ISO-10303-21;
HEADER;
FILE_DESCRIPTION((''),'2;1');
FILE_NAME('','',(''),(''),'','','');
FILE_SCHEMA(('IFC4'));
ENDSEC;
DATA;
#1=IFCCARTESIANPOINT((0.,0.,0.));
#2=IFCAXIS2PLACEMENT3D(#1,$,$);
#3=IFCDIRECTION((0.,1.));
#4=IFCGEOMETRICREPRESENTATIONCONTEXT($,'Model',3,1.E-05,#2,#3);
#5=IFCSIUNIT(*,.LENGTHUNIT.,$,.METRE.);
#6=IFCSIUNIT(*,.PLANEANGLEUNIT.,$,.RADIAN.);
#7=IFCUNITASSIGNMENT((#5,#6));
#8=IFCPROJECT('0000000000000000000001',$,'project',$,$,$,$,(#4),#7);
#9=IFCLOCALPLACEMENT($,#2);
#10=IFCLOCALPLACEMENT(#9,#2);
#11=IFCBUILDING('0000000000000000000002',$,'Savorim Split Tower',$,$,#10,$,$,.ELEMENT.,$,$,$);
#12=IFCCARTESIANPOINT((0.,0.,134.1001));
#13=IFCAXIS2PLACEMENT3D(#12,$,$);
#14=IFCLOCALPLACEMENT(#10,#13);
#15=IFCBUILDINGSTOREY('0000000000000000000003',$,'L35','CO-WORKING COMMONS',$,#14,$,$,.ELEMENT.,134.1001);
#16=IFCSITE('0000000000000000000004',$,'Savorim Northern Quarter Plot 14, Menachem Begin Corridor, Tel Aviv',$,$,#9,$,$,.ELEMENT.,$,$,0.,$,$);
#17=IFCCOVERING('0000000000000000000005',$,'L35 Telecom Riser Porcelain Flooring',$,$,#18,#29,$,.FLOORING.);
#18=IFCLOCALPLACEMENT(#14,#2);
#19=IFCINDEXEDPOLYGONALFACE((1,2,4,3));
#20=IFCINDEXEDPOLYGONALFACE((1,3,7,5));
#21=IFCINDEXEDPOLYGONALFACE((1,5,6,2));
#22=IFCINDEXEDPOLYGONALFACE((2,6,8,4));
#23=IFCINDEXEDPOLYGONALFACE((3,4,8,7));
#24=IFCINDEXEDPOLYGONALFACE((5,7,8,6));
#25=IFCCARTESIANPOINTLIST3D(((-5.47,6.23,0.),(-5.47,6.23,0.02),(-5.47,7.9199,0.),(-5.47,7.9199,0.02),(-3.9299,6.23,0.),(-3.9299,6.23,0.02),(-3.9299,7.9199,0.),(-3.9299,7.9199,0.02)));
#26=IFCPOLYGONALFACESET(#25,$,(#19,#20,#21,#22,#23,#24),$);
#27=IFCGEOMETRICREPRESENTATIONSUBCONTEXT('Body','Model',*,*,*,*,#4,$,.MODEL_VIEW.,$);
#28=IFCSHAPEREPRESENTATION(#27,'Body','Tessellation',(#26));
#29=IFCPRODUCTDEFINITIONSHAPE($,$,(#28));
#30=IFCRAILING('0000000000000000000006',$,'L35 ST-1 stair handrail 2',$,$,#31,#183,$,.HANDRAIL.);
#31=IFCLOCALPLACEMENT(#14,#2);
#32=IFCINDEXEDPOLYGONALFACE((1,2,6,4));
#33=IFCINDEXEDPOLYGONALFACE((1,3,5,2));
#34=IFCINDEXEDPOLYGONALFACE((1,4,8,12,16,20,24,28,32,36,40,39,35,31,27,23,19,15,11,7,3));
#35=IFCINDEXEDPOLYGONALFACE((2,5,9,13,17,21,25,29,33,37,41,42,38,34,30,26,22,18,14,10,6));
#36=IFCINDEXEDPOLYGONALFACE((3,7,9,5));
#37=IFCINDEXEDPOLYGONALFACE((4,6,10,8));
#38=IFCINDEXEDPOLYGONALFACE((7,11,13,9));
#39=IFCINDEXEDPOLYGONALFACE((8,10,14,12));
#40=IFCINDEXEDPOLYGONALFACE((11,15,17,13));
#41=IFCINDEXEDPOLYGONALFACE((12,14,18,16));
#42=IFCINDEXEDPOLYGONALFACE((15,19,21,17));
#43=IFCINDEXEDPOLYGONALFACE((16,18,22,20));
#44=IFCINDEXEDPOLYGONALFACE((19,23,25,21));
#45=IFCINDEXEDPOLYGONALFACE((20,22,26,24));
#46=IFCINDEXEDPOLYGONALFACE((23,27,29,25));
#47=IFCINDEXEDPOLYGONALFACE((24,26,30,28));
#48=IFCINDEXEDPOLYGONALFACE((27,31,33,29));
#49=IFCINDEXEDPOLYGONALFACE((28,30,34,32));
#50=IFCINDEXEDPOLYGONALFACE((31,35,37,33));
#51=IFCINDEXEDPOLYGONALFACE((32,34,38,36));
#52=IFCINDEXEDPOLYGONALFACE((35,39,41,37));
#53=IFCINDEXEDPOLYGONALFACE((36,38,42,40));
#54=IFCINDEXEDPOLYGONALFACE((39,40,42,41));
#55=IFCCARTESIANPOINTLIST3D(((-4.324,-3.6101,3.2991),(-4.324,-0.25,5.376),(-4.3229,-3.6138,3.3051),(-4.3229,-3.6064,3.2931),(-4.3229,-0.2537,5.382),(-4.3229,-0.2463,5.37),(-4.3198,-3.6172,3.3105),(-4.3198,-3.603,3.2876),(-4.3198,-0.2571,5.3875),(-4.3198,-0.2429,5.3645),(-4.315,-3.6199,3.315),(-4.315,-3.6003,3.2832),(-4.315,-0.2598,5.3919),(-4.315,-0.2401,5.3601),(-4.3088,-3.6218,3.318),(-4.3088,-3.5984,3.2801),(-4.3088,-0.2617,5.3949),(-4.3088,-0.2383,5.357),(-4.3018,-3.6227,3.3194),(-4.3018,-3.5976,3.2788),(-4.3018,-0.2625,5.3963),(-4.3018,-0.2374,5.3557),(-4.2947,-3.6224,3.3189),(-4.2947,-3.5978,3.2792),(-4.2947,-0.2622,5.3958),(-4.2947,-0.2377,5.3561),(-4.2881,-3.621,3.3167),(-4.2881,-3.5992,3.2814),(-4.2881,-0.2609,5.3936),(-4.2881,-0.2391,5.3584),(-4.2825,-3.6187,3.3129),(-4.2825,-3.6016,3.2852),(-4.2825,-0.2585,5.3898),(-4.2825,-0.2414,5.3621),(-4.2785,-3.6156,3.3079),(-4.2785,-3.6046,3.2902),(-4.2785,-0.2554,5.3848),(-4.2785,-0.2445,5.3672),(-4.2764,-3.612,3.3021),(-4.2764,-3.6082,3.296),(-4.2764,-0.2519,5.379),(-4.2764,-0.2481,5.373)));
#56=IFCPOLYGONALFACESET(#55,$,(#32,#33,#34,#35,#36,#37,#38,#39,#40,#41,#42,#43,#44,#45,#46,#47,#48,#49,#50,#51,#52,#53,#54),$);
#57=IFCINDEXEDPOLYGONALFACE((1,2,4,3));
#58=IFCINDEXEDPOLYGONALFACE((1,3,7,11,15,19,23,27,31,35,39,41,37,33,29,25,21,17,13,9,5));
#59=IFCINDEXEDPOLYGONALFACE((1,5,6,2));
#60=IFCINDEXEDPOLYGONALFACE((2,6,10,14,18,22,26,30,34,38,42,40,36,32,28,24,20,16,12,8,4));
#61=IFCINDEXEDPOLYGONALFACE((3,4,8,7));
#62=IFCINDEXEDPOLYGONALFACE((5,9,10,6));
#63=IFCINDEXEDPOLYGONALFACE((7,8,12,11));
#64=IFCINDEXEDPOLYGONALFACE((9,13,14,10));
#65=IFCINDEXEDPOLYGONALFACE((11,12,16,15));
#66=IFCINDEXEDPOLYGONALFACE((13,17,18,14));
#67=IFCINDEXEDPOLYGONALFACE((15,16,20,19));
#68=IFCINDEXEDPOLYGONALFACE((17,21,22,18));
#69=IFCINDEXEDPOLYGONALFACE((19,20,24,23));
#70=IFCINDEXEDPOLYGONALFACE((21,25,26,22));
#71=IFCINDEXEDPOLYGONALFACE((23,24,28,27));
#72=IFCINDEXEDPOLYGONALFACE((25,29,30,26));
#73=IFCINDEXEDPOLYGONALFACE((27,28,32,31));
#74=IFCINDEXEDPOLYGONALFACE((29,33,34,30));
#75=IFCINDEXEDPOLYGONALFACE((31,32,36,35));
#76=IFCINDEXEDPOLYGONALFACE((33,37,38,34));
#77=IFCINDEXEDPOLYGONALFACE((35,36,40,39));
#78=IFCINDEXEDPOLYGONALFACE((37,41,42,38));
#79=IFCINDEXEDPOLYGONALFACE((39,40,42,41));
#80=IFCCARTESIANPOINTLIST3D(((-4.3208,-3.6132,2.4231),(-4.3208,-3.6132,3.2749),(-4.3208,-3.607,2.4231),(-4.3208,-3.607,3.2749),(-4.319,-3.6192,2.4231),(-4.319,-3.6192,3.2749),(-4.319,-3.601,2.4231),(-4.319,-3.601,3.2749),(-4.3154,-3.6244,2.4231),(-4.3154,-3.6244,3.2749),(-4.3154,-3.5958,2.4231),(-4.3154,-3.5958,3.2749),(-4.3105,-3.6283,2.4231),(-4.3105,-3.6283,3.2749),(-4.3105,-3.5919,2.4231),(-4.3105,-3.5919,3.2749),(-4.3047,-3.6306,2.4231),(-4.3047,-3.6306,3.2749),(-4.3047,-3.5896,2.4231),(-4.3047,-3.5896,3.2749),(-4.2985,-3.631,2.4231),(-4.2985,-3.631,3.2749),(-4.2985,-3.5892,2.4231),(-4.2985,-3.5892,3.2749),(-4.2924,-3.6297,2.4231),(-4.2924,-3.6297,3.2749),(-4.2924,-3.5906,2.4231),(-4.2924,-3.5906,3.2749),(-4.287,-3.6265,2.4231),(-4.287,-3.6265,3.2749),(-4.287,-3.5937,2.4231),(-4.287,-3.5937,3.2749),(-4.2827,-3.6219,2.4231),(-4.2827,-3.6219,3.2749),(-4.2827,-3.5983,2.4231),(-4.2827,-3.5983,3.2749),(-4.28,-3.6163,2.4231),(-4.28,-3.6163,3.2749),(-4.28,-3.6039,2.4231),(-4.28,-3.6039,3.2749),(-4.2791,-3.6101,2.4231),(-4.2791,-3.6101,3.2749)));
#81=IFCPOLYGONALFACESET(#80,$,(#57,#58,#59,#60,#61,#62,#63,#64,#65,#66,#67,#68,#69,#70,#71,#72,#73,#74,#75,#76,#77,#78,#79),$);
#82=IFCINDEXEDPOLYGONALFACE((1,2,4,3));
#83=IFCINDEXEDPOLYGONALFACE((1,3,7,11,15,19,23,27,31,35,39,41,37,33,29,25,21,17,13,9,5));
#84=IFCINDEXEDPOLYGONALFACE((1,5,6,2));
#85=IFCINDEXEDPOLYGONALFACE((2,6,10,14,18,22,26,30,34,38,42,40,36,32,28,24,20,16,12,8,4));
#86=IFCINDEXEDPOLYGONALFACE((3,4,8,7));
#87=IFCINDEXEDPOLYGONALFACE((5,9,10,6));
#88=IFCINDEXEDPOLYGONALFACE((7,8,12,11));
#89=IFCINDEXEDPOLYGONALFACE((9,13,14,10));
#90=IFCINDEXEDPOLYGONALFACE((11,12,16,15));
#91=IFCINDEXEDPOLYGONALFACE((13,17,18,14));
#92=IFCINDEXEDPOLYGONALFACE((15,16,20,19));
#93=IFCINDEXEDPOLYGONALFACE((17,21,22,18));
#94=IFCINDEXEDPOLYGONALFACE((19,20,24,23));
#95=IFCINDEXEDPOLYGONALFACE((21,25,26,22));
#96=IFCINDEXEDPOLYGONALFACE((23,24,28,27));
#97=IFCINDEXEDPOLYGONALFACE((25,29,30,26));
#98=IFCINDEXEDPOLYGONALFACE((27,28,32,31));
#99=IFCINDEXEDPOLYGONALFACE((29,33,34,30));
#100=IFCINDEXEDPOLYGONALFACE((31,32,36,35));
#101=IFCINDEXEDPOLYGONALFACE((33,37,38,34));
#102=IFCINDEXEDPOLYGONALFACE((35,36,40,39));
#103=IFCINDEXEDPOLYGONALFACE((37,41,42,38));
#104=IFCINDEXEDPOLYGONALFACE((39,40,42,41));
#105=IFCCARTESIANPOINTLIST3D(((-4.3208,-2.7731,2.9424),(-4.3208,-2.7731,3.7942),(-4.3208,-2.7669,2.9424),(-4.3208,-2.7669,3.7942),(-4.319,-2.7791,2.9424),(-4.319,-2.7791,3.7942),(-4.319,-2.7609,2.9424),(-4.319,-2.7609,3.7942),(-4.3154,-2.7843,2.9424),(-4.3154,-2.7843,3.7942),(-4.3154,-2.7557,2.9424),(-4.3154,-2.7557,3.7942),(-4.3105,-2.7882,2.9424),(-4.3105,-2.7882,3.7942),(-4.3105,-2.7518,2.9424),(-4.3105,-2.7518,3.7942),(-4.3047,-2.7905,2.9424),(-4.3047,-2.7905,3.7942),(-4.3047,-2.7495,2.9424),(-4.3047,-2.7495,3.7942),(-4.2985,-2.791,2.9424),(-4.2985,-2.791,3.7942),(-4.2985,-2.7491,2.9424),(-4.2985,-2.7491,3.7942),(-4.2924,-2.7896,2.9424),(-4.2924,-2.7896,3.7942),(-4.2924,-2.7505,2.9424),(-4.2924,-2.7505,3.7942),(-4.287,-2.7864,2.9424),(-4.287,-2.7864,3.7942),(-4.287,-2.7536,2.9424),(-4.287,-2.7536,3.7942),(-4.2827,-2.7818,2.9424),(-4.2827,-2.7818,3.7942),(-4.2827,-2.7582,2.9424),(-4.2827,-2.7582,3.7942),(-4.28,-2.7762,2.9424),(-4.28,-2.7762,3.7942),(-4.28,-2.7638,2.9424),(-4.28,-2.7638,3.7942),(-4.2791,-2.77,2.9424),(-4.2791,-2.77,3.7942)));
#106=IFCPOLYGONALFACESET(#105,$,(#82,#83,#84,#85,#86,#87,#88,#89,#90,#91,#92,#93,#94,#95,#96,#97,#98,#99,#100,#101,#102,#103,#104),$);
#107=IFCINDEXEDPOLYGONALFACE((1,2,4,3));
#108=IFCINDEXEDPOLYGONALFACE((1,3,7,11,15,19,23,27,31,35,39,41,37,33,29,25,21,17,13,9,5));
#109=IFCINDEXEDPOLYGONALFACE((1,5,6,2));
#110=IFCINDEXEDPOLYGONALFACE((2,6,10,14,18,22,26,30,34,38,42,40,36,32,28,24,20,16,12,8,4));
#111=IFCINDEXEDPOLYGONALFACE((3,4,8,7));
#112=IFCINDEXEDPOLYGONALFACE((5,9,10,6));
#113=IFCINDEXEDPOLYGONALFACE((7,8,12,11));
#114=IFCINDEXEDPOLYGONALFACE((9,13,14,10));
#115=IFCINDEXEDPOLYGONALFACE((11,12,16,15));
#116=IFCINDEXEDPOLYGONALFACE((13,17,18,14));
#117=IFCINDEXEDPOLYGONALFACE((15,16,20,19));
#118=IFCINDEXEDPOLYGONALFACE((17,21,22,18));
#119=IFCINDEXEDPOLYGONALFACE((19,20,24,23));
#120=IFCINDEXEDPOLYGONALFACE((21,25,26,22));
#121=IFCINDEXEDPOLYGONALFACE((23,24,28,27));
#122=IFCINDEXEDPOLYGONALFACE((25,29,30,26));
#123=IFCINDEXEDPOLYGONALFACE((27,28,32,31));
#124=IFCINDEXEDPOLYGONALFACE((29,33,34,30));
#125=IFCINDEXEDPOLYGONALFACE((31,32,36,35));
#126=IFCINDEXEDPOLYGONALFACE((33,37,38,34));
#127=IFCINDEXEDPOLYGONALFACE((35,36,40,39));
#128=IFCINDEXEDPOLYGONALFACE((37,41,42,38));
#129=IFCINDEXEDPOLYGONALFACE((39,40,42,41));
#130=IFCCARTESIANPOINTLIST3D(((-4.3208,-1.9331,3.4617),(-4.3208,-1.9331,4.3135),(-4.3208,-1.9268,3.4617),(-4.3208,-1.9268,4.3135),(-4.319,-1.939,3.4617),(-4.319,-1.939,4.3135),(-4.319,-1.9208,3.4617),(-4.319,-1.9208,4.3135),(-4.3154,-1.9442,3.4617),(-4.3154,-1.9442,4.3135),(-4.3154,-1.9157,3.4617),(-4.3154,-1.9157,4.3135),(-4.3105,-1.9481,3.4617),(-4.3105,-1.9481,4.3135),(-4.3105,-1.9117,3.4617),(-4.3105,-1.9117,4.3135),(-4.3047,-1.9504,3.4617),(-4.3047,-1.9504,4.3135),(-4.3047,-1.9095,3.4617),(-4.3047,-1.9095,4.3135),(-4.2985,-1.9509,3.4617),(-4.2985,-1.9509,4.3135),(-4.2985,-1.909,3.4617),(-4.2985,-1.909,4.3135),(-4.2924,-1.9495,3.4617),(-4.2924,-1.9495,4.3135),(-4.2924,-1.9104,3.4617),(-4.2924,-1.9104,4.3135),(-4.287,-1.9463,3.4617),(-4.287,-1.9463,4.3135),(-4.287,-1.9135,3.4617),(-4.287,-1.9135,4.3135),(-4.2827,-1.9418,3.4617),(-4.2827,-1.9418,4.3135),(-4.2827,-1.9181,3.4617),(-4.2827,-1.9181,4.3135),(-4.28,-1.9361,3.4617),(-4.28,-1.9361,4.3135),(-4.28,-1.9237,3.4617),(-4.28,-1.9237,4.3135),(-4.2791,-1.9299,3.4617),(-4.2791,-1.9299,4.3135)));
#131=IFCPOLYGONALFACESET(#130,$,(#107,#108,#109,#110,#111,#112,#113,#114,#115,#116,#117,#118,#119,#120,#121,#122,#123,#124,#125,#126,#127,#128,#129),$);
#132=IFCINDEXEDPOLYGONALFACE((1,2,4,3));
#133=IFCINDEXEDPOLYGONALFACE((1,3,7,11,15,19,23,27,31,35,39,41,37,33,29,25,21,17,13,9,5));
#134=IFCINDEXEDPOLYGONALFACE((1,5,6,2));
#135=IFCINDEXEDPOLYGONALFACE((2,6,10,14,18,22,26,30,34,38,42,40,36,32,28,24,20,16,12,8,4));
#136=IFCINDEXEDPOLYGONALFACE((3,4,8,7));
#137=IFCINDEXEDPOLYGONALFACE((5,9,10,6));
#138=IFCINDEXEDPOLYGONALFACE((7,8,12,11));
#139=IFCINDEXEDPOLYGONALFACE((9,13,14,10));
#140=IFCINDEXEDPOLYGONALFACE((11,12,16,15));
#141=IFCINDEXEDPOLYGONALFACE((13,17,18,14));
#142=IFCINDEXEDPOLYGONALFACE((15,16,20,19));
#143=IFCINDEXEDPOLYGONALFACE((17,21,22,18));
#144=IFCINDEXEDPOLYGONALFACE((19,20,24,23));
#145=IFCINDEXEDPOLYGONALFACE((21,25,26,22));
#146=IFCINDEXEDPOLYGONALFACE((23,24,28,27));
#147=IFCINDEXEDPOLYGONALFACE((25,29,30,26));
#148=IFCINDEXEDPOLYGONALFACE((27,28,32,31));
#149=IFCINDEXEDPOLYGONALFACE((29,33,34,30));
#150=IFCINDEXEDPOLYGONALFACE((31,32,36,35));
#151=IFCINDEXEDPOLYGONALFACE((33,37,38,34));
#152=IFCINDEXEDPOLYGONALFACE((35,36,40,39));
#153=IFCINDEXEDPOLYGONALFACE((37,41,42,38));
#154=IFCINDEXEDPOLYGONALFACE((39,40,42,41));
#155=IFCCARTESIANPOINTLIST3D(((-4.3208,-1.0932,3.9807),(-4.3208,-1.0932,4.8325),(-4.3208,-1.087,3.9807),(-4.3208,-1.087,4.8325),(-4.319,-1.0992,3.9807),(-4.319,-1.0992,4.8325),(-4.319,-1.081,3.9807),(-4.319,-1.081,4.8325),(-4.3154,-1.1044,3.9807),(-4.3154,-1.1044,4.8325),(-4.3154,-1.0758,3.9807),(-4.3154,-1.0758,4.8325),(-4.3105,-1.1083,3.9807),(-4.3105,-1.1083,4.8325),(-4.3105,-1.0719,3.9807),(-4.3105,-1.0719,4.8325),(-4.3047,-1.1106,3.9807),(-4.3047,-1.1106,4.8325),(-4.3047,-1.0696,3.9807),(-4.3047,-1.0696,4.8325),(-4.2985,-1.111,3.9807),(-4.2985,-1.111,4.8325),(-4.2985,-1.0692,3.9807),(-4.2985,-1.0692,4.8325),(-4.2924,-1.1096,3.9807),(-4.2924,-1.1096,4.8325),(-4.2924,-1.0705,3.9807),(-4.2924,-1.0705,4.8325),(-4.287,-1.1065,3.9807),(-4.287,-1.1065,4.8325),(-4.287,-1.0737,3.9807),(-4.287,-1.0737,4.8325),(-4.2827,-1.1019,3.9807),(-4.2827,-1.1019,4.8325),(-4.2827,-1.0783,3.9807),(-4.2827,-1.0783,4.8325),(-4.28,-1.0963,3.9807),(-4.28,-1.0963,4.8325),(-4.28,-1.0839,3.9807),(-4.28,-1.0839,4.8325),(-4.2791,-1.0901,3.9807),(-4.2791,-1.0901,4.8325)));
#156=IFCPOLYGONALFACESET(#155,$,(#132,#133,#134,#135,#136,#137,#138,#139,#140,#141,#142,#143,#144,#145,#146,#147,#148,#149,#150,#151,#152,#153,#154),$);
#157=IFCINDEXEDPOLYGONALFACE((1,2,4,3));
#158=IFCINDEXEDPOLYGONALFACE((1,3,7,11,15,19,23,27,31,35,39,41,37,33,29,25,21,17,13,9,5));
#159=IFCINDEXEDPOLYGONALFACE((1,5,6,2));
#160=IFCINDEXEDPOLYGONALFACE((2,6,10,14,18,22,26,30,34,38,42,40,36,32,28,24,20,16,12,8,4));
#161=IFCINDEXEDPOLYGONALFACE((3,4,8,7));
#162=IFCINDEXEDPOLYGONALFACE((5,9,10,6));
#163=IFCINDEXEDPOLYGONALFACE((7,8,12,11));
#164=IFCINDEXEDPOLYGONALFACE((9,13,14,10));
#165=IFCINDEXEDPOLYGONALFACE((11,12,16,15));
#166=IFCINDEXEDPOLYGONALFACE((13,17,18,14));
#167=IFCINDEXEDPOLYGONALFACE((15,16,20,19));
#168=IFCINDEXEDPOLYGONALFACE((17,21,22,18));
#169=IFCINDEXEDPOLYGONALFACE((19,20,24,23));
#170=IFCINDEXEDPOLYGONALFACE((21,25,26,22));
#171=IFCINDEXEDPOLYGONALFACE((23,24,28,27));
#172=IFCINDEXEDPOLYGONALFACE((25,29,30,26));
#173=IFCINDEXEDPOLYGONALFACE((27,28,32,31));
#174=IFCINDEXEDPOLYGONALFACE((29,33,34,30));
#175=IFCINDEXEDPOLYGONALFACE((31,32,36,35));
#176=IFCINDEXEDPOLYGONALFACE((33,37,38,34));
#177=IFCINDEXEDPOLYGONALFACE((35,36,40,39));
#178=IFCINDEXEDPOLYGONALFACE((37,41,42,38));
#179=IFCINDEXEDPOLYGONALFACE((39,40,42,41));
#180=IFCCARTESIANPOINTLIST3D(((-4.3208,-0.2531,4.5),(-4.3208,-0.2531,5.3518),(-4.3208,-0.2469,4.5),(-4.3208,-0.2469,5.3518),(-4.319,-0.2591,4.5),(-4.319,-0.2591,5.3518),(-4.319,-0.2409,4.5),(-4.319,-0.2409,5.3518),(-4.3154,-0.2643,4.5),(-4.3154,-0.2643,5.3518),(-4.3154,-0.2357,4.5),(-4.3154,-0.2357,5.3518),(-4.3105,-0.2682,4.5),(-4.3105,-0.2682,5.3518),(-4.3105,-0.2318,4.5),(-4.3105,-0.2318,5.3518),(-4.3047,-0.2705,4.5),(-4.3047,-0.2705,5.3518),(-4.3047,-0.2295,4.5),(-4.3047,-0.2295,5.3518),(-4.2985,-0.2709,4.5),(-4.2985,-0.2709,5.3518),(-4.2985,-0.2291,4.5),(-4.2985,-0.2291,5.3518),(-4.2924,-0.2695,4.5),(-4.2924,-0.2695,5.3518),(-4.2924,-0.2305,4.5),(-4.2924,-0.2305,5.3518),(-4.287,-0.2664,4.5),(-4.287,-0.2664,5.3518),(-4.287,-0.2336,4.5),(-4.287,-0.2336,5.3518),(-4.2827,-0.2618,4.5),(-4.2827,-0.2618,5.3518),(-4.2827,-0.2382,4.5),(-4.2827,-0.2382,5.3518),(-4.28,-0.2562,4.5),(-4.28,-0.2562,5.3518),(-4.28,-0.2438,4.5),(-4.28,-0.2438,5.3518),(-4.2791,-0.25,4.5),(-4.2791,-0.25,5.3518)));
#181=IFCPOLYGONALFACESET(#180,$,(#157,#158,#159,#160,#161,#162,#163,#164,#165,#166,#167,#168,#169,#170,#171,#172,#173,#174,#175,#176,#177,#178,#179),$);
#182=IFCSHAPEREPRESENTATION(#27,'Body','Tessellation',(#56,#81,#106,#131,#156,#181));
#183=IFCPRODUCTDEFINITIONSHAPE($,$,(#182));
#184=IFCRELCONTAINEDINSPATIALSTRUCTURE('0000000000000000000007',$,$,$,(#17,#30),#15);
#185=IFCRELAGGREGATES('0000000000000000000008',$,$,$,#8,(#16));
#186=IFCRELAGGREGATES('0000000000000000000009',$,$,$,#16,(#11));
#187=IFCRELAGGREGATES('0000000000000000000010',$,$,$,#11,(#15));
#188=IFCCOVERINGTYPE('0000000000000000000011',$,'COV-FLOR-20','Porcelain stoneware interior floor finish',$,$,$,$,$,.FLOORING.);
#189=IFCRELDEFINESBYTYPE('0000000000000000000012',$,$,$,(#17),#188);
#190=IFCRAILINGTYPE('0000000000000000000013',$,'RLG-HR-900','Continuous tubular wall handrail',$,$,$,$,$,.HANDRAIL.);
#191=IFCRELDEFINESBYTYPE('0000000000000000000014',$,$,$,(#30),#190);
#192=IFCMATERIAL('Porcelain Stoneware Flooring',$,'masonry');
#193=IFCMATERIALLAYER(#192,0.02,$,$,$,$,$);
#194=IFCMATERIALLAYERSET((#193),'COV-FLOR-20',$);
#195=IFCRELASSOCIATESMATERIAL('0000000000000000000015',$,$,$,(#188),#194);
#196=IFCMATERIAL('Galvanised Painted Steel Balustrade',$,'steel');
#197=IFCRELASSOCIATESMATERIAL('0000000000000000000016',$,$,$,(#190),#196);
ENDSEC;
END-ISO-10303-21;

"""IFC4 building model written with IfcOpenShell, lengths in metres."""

from ifc_helpers import new_model, si_unit, direction, frame, origin, origin_2d, place, context, subcontext, project, spatial, polyline, circle, outline, extrude, material, layer, layer_set, type_object, element, save


model = new_model("IFC4")

# Units and contexts
model_context = context("Model", 3, precision=1e-05, world=origin(), true_north=direction((0.0, 1.0)))
body_context = subcontext(model_context, "Body", "Model", "MODEL_VIEW")
ifc_project = project(units=[si_unit("LENGTHUNIT", "METRE"), si_unit("PLANEANGLEUNIT", "RADIAN")], contexts=[model_context])

# Site, building, storey
site_placement = place(None, origin())
site = spatial("IfcSite", under=ifc_project, at=site_placement, Name="Savorim Northern Quarter Plot 14, Menachem Begin Corridor, Tel Aviv", CompositionType="ELEMENT", RefElevation=0.0)
building_placement = place(site_placement, origin())
building = spatial("IfcBuilding", under=site, at=building_placement, Name="Savorim Split Tower", CompositionType="ELEMENT")
storey_placement = place(building_placement, frame((0.0, 0.0, 134.1001)))
storey = spatial("IfcBuildingStorey", under=building, at=storey_placement, Name="L35", Description="CO-WORKING COMMONS", CompositionType="ELEMENT", Elevation=134.1001)

# Covering
ifc_material_1 = material(Name="Porcelain Stoneware Flooring", Category="masonry")
ifc_layer_1 = layer(ifc_material_1, 0.02)
ifc_layer_set_1 = layer_set([ifc_layer_1], Name="COV-FLOR-20")
covering_type_1 = type_object("IfcCoveringType", Name="COV-FLOR-20", Description="Porcelain stoneware interior floor finish", PredefinedType="FLOORING", material=ifc_layer_set_1)
covering_1_placement = place(storey_placement, origin())
element("IfcCovering", 1, at=covering_1_placement, inside=storey, type_object=covering_type_1, Name="L35 Telecom Riser Porcelain Flooring", PredefinedType="FLOORING", context=body_context, shape_type="SweptSolid", body=[
    extrude(outline(polyline([(-5.47, 7.9199), (-5.47, 6.23), (-3.9299, 6.23), (-3.9299, 7.9199), (-5.47, 7.9199)])), origin(), (0.0, 0.0, 1.0), 0.02),
])

# Railing
ifc_material_2 = material(Name="Galvanised Painted Steel Balustrade", Category="steel")
railing_type = type_object("IfcRailingType", Name="RLG-HR-900", Description="Continuous tubular wall handrail", PredefinedType="HANDRAIL", material=ifc_material_2)
railing_placement = place(storey_placement, frame((-4.3, -3.6101, 2.4231)))
element("IfcRailing", 2, at=railing_placement, inside=storey, type_object=railing_type, Name="L35 ST-1 stair handrail 2", PredefinedType="HANDRAIL", context=body_context, shape_type="SweptSolid", body=[
    extrude(circle(Radius=0.0239, at=origin_2d()), frame((0.0, 0.0, 0.876), z_axis=(0.0, 0.850623, 0.525776), x_axis=(-1.0, 0.0, 0.0)), (0.0, 0.0, 1.0), 3.9502),
    extrude(circle(Radius=0.021, at=origin_2d()), origin(), (0.0, 0.0, 1.0), 0.8518),
    extrude(circle(Radius=0.021, at=origin_2d()), frame((0.0, 0.8401, 0.5193)), (0.0, 0.0, 1.0), 0.8518),
    extrude(circle(Radius=0.021, at=origin_2d()), frame((0.0, 1.6802, 1.0386)), (0.0, 0.0, 1.0), 0.8518),
    extrude(circle(Radius=0.021, at=origin_2d()), frame((0.0, 2.52, 1.5576)), (0.0, 0.0, 1.0), 0.8518),
    extrude(circle(Radius=0.021, at=origin_2d()), frame((0.0, 3.3601, 2.0769)), (0.0, 0.0, 1.0), 0.8518),
])

save(model, "model.ifc")
